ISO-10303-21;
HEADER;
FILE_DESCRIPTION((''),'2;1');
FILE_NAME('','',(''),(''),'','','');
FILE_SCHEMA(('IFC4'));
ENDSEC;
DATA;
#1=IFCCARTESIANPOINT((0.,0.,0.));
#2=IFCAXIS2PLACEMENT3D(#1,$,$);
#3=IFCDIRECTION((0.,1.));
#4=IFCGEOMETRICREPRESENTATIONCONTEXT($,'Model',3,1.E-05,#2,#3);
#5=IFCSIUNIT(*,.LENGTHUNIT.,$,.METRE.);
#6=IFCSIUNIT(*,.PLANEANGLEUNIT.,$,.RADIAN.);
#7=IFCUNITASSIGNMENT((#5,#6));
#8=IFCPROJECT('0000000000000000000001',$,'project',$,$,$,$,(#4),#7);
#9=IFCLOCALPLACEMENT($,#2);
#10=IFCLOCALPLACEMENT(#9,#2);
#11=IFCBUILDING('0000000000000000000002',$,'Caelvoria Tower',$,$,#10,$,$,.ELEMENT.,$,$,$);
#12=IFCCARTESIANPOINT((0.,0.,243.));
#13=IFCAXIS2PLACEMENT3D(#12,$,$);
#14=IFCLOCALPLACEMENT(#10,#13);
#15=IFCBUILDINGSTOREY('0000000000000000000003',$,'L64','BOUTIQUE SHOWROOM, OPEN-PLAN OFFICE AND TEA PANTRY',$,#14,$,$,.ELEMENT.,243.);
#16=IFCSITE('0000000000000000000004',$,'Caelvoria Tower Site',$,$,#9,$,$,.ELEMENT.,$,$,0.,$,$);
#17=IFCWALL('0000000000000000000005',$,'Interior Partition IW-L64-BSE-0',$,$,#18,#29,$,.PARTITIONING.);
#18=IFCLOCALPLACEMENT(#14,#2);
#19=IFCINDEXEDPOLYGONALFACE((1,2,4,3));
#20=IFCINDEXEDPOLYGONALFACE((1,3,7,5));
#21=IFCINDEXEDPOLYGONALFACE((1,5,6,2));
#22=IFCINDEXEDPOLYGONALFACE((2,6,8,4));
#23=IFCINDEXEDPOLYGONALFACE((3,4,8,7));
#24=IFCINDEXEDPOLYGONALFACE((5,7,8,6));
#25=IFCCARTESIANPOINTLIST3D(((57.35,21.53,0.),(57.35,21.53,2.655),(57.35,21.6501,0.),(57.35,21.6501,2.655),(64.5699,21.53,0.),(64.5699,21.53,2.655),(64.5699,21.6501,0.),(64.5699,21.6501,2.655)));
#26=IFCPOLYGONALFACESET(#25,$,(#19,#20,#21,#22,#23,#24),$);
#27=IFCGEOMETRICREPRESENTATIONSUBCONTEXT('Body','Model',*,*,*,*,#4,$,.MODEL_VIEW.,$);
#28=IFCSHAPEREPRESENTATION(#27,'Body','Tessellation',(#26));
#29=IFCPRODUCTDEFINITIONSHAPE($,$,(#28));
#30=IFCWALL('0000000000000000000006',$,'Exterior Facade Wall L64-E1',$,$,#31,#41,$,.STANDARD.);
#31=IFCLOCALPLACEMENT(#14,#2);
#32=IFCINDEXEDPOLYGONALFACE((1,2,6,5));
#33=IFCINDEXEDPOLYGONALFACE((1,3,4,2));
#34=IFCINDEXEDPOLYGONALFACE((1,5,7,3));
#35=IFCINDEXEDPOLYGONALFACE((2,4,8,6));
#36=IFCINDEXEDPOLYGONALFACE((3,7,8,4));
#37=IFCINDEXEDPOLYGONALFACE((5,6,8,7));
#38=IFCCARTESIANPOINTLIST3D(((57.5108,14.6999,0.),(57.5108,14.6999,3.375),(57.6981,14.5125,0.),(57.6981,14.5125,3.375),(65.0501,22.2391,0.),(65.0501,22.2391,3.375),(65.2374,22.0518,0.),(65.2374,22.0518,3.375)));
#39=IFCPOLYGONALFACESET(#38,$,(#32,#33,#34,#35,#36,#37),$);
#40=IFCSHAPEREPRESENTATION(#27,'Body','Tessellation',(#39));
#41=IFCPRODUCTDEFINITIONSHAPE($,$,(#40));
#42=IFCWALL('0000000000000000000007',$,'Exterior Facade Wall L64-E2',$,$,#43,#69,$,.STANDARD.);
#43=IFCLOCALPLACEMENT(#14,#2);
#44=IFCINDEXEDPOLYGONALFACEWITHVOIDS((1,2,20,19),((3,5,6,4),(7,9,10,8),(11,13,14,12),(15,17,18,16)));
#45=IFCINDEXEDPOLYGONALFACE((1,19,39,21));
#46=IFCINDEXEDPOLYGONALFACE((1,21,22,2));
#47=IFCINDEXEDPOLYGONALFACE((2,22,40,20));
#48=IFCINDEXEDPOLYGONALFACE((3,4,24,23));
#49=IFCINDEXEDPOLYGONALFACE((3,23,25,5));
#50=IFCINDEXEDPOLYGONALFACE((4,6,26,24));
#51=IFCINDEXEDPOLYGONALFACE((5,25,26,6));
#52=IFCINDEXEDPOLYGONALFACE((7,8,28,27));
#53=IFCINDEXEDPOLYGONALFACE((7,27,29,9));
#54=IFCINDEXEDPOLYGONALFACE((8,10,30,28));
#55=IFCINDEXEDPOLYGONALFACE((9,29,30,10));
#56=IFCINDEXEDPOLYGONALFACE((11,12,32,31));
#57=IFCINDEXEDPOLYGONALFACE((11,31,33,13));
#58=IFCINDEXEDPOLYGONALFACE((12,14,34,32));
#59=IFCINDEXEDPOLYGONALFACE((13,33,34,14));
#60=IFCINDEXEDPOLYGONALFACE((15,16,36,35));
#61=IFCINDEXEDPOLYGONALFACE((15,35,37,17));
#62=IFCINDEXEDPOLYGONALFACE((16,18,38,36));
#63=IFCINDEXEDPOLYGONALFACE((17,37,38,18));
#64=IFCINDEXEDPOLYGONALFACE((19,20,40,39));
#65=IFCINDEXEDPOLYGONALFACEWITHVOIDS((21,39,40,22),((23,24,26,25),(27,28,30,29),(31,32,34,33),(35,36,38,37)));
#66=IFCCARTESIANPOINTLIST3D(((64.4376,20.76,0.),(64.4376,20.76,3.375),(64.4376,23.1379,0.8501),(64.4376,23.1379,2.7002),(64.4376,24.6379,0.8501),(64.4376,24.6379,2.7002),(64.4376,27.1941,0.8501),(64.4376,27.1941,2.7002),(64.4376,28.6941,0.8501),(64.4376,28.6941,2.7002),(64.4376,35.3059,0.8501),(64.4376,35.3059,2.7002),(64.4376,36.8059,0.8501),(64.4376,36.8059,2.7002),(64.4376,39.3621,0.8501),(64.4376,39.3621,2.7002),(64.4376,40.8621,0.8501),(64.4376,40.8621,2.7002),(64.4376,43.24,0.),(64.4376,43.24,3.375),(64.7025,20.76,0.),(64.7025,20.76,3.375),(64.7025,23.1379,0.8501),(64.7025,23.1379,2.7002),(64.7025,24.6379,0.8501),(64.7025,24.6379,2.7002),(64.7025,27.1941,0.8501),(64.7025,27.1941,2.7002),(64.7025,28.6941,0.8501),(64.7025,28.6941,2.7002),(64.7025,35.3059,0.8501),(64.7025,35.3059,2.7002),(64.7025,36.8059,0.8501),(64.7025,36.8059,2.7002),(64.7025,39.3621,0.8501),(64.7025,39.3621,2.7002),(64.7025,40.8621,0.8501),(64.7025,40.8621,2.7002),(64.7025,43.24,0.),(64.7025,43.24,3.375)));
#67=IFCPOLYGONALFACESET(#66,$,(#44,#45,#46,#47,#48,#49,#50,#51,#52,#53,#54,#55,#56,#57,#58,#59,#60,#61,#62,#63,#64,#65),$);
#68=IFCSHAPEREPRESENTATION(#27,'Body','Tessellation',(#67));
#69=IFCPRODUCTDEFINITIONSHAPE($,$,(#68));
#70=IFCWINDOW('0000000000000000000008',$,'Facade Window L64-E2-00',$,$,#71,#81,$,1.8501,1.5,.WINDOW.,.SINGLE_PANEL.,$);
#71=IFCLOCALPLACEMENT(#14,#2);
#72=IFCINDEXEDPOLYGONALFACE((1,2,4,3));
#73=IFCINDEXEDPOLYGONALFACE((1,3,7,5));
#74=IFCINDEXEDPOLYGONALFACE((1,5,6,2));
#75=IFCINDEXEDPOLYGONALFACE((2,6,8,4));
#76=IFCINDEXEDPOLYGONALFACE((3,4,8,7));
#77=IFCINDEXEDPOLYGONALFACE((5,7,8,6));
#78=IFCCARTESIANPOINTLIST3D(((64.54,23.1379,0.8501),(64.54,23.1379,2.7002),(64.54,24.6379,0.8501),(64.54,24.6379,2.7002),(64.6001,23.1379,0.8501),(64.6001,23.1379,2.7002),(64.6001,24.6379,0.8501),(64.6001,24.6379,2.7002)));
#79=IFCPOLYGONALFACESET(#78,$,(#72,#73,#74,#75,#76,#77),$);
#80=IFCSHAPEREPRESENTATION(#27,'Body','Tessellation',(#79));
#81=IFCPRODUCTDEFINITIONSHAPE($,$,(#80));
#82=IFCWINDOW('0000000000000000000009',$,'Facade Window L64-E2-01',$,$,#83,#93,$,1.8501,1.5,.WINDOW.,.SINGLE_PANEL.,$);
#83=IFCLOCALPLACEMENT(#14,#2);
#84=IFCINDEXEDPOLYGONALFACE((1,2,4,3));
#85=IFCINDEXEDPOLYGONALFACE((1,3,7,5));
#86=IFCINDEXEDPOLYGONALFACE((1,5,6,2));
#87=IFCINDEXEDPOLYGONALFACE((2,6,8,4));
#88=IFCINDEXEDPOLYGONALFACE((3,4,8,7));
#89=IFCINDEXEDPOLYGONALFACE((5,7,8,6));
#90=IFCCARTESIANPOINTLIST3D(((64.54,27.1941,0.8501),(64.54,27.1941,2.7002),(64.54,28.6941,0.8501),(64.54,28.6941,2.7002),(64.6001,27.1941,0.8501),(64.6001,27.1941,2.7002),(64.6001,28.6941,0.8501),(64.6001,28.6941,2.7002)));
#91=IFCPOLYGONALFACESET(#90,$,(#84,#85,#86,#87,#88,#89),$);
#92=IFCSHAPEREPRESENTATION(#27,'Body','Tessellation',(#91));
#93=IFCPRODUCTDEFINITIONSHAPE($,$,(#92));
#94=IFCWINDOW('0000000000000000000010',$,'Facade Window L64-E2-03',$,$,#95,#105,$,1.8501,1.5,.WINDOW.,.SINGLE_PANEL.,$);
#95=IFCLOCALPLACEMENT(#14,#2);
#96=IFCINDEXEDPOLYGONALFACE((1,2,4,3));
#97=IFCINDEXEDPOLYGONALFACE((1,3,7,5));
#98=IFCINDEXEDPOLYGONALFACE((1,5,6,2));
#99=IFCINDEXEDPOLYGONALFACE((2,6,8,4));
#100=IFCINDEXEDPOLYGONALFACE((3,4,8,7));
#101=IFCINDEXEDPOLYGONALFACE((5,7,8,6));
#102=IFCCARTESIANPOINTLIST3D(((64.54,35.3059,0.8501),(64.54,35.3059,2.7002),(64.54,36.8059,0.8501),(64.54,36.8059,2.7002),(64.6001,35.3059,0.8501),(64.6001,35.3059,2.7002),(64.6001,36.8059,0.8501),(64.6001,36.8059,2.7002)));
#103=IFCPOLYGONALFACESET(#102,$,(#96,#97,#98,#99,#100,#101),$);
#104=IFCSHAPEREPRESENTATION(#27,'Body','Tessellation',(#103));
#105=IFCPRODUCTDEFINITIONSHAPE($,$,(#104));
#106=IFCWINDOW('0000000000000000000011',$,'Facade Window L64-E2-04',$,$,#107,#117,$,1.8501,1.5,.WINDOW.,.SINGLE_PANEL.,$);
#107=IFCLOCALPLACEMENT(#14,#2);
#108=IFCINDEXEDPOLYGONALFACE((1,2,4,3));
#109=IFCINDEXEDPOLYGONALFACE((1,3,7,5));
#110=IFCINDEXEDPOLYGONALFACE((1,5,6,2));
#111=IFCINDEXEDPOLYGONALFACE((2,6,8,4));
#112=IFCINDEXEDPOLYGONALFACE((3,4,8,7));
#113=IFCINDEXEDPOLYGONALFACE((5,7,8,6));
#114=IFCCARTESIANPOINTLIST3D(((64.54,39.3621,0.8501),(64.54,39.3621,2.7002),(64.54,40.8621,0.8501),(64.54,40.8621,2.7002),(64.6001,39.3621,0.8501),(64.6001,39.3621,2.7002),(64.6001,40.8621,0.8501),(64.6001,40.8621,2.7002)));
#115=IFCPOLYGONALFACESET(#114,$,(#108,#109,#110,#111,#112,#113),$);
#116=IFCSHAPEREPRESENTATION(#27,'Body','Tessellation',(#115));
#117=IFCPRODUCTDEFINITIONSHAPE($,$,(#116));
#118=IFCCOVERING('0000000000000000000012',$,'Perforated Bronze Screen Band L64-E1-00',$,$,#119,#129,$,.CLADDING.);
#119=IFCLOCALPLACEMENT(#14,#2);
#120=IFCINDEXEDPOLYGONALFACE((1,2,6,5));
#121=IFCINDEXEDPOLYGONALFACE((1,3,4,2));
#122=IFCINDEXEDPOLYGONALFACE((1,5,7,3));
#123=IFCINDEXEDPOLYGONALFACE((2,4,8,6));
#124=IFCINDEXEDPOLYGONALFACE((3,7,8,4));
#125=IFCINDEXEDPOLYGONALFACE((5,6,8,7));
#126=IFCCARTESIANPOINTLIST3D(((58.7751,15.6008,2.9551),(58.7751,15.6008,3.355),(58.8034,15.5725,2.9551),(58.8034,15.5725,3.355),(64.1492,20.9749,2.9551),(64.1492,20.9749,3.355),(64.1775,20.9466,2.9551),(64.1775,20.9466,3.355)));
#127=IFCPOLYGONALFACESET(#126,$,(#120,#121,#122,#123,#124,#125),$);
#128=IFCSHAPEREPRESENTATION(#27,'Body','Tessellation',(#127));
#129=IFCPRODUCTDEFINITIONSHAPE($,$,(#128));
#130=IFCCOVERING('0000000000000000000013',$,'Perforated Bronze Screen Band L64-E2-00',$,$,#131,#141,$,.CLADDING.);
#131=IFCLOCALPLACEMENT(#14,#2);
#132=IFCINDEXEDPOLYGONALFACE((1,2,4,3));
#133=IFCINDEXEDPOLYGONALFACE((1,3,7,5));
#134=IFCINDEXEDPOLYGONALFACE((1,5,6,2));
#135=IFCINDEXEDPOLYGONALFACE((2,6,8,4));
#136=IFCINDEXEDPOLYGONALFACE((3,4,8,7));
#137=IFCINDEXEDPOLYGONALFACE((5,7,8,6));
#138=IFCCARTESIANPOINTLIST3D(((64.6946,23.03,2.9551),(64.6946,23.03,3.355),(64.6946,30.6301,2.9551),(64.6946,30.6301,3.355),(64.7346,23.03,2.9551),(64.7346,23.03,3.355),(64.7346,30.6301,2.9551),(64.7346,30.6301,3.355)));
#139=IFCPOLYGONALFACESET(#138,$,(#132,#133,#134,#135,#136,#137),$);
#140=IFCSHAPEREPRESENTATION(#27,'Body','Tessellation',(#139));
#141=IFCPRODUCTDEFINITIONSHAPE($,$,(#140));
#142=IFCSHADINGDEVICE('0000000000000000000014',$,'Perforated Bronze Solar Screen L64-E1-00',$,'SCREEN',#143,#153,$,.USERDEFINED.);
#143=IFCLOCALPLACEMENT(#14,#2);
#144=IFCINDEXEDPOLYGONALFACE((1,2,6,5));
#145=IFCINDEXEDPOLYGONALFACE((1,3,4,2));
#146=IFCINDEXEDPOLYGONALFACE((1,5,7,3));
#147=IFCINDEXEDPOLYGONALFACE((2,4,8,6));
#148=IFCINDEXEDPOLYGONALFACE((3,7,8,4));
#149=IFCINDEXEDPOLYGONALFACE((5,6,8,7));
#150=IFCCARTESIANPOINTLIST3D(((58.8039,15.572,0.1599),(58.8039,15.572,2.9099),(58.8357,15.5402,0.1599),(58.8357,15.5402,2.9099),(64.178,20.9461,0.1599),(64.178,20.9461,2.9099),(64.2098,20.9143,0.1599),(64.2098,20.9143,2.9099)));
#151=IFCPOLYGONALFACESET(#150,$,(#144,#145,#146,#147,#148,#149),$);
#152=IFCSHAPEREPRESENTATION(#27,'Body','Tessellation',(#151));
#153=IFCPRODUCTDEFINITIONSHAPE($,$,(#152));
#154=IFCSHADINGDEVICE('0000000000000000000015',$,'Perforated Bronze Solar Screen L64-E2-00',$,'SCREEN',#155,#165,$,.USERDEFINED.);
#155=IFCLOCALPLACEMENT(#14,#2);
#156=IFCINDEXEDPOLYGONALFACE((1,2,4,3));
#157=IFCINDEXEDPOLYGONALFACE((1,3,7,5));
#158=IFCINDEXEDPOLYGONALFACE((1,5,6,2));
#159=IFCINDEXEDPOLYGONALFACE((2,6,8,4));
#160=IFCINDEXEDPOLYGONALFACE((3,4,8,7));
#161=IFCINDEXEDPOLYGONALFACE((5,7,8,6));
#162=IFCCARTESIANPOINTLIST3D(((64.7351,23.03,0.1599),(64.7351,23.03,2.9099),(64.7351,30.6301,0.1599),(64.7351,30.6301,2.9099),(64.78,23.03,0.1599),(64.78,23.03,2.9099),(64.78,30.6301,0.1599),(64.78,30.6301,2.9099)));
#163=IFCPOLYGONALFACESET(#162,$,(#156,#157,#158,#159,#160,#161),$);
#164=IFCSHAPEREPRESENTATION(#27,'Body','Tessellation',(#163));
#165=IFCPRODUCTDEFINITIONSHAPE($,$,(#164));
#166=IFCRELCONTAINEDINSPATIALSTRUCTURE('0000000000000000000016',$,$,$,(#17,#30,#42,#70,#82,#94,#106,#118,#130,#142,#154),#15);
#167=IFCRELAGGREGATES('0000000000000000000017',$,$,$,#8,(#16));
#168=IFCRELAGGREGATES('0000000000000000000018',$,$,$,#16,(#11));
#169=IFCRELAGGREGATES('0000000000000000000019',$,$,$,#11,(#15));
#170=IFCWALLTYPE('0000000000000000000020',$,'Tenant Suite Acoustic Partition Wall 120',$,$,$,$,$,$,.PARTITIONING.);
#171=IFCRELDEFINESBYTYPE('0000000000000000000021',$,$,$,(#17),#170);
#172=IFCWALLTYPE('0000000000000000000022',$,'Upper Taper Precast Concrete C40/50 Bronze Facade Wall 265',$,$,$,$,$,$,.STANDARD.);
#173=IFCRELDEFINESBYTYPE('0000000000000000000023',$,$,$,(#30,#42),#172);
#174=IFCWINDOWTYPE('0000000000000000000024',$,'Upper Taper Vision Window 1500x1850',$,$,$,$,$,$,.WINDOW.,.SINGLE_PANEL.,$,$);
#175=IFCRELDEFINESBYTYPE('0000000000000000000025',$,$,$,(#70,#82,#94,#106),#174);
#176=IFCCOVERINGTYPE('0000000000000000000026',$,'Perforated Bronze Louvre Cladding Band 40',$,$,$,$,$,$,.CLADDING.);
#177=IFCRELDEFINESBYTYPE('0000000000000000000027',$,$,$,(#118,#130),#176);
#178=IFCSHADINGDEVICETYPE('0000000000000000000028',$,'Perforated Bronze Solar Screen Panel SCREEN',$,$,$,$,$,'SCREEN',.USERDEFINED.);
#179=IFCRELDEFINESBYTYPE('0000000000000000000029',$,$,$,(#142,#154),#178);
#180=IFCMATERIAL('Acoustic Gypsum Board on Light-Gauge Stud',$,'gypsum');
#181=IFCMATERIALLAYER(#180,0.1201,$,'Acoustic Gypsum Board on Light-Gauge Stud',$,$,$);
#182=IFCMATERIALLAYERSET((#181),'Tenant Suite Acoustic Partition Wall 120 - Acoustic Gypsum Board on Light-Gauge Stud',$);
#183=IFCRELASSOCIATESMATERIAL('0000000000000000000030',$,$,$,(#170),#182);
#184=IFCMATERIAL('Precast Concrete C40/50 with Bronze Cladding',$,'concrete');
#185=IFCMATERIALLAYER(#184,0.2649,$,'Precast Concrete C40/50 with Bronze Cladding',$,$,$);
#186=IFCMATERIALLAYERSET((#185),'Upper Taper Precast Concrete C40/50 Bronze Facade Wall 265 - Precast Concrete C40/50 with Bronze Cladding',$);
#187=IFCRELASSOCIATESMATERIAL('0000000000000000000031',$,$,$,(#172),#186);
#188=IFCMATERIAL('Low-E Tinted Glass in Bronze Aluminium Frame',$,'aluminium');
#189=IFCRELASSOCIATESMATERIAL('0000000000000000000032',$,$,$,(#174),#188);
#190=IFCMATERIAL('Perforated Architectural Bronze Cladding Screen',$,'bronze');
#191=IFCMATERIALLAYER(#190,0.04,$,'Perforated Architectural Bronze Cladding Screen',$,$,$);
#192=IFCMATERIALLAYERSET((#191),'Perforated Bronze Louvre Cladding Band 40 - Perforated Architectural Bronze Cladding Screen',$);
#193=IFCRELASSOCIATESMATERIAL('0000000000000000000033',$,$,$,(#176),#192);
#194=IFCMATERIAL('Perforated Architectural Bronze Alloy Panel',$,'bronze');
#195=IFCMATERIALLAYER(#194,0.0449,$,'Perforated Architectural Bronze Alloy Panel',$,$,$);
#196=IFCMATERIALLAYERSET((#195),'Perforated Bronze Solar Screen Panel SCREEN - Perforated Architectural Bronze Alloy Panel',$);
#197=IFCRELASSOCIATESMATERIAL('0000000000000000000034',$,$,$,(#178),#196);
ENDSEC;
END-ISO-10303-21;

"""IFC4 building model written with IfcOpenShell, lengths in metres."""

from ifc_helpers import new_model, si_unit, direction, frame, frame_2d, origin, origin_2d, place, context, subcontext, project, spatial, rectangle, extrude, material, layer, layer_set, type_object, element, fill, save


model = new_model("IFC4")

# Units and contexts
model_context = context("Model", 3, precision=1e-05, world=origin(), true_north=direction((0.0, 1.0)))
body_context = subcontext(model_context, "Body", "Model", "MODEL_VIEW")
ifc_project = project(units=[si_unit("LENGTHUNIT", "METRE"), si_unit("PLANEANGLEUNIT", "RADIAN")], contexts=[model_context])

# Site, building, storey
site_placement = place(None, origin())
site = spatial("IfcSite", under=ifc_project, at=site_placement, Name="Caelvoria Tower Site", CompositionType="ELEMENT", RefElevation=0.0)
building_placement = place(site_placement, origin())
building = spatial("IfcBuilding", under=site, at=building_placement, Name="Caelvoria Tower", CompositionType="ELEMENT")
storey_placement = place(building_placement, frame((0.0, 0.0, 243.0)))
storey = spatial("IfcBuildingStorey", under=building, at=storey_placement, Name="L64", Description="BOUTIQUE SHOWROOM, OPEN-PLAN OFFICE AND TEA PANTRY", CompositionType="ELEMENT", Elevation=243.0)

# Shared definitions
ifc_material_1 = material(Name="Acoustic Gypsum Board on Light-Gauge Stud", Category="gypsum")
ifc_layer_1 = layer(ifc_material_1, 0.1201, Name="Acoustic Gypsum Board on Light-Gauge Stud")
ifc_layer_set_1 = layer_set([ifc_layer_1], Name="Tenant Suite Acoustic Partition Wall 120 - Acoustic Gypsum Board on Light-Gauge Stud")
wall_type_1 = type_object("IfcWallType", Name="Tenant Suite Acoustic Partition Wall 120", PredefinedType="PARTITIONING", material=ifc_layer_set_1)

# Walls
wall_1_placement = place(storey_placement, frame((57.3501, 21.5901, 0.0), z_axis=(0.0, 0.0, 1.0), x_axis=(1.0, 0.0, 0.0)))
element("IfcWall", 1, at=wall_1_placement, inside=storey, type_object=wall_type_1, Name="Interior Partition IW-L64-BSE-0", PredefinedType="PARTITIONING", context=body_context, shape_type="SweptSolid", body=[
    extrude(rectangle(XDim=7.22, YDim=0.1201, at=frame_2d((3.6099, 0.0))), origin(), (0.0, 0.0, 1.0), 2.655),
])
ifc_material_2 = material(Name="Precast Concrete C40/50 with Bronze Cladding", Category="concrete")
ifc_layer_2 = layer(ifc_material_2, 0.2649, Name="Precast Concrete C40/50 with Bronze Cladding")
ifc_layer_set_2 = layer_set([ifc_layer_2], Name="Upper Taper Precast Concrete C40/50 Bronze Facade Wall 265 - Precast Concrete C40/50 with Bronze Cladding")
wall_type_2 = type_object("IfcWallType", Name="Upper Taper Precast Concrete C40/50 Bronze Facade Wall 265", PredefinedType="STANDARD", material=ifc_layer_set_2)
wall_2_placement = place(storey_placement, frame((57.6045, 14.6062, 0.0), z_axis=(0.0, 0.0, 1.0), x_axis=(0.707107, 0.707107, 0.0)))
element("IfcWall", 2, at=wall_2_placement, inside=storey, type_object=wall_type_2, Name="Exterior Facade Wall L64-E1", PredefinedType="STANDARD", context=body_context, shape_type="SweptSolid", body=[
    extrude(rectangle(XDim=10.6621, YDim=0.2649, at=frame_2d((5.3311, 0.0))), origin(), (0.0, 0.0, 1.0), 3.375),
])

# Wall, openings, windows
wall_3_placement = place(storey_placement, frame((64.5701, 20.76, 0.0), z_axis=(0.0, 0.0, 1.0), x_axis=(0.0, 1.0, 0.0)))
wall_3 = element("IfcWall", 3, at=wall_3_placement, inside=storey, type_object=wall_type_2, Name="Exterior Facade Wall L64-E2", PredefinedType="STANDARD", context=body_context, shape_type="SweptSolid", body=[
    extrude(rectangle(XDim=22.48, YDim=0.2649, at=frame_2d((11.24, 0.0))), origin(), (0.0, 0.0, 1.0), 3.375),
])
opening_1_placement = place(wall_3_placement, frame((2.3779, 0.0, 0.8501)))
opening_1 = element("IfcOpeningElement", 4, at=opening_1_placement, cuts=wall_3, PredefinedType="OPENING", context=body_context, shape_type="SweptSolid", body=[
    extrude(rectangle(XDim=1.5, YDim=1.8501, at=frame_2d((0.75, 0.925))), frame((0.0, 0.1423, 0.0), z_axis=(0.0, -1.0, 0.0), x_axis=(1.0, 0.0, 0.0)), (0.0, 0.0, 1.0), 0.2849),
])
opening_2_placement = place(wall_3_placement, frame((6.4341, 0.0, 0.8501)))
opening_2 = element("IfcOpeningElement", 5, at=opening_2_placement, cuts=wall_3, PredefinedType="OPENING", context=body_context, shape_type="SweptSolid", body=[
    extrude(rectangle(XDim=1.5, YDim=1.8501, at=frame_2d((0.75, 0.925))), frame((0.0, 0.1423, 0.0), z_axis=(0.0, -1.0, 0.0), x_axis=(1.0, 0.0, 0.0)), (0.0, 0.0, 1.0), 0.2849),
])
opening_3_placement = place(wall_3_placement, frame((14.5459, 0.0, 0.8501)))
opening_3 = element("IfcOpeningElement", 6, at=opening_3_placement, cuts=wall_3, PredefinedType="OPENING", context=body_context, shape_type="SweptSolid", body=[
    extrude(rectangle(XDim=1.5, YDim=1.8501, at=frame_2d((0.75, 0.925))), frame((0.0, 0.1423, 0.0), z_axis=(0.0, -1.0, 0.0), x_axis=(1.0, 0.0, 0.0)), (0.0, 0.0, 1.0), 0.2849),
])
opening_4_placement = place(wall_3_placement, frame((18.6021, 0.0, 0.8501)))
opening_4 = element("IfcOpeningElement", 7, at=opening_4_placement, cuts=wall_3, PredefinedType="OPENING", context=body_context, shape_type="SweptSolid", body=[
    extrude(rectangle(XDim=1.5, YDim=1.8501, at=frame_2d((0.75, 0.925))), frame((0.0, 0.1423, 0.0), z_axis=(0.0, -1.0, 0.0), x_axis=(1.0, 0.0, 0.0)), (0.0, 0.0, 1.0), 0.2849),
])
ifc_material_3 = material(Name="Low-E Tinted Glass in Bronze Aluminium Frame", Category="aluminium")
window_type = type_object("IfcWindowType", Name="Upper Taper Vision Window 1500x1850", PartitioningType="SINGLE_PANEL", PredefinedType="WINDOW", material=ifc_material_3)
window_1_placement = place(opening_1_placement, origin())
window_1 = element("IfcWindow", 8, at=window_1_placement, inside=storey, type_object=window_type, Name="Facade Window L64-E2-00", OverallHeight=1.8501, OverallWidth=1.5, PartitioningType="SINGLE_PANEL", PredefinedType="WINDOW", context=body_context, shape_type="SweptSolid", body=[
    extrude(rectangle(XDim=1.5, YDim=1.8501, at=frame_2d((0.75, 0.925))), frame((0.0, 0.03, 0.0), z_axis=(0.0, -1.0, 0.0), x_axis=(1.0, 0.0, 0.0)), (0.0, 0.0, 1.0), 0.0601),
])
fill(opening_1, window_1)
window_2_placement = place(opening_2_placement, origin())
window_2 = element("IfcWindow", 9, at=window_2_placement, inside=storey, type_object=window_type, Name="Facade Window L64-E2-01", OverallHeight=1.8501, OverallWidth=1.5, PartitioningType="SINGLE_PANEL", PredefinedType="WINDOW", context=body_context, shape_type="SweptSolid", body=[
    extrude(rectangle(XDim=1.5, YDim=1.8501, at=frame_2d((0.75, 0.925))), frame((0.0, 0.03, 0.0), z_axis=(0.0, -1.0, 0.0), x_axis=(1.0, 0.0, 0.0)), (0.0, 0.0, 1.0), 0.0601),
])
fill(opening_2, window_2)
window_3_placement = place(opening_3_placement, origin())
window_3 = element("IfcWindow", 10, at=window_3_placement, inside=storey, type_object=window_type, Name="Facade Window L64-E2-03", OverallHeight=1.8501, OverallWidth=1.5, PartitioningType="SINGLE_PANEL", PredefinedType="WINDOW", context=body_context, shape_type="SweptSolid", body=[
    extrude(rectangle(XDim=1.5, YDim=1.8501, at=frame_2d((0.75, 0.925))), frame((0.0, 0.03, 0.0), z_axis=(0.0, -1.0, 0.0), x_axis=(1.0, 0.0, 0.0)), (0.0, 0.0, 1.0), 0.0601),
])
fill(opening_3, window_3)
window_4_placement = place(opening_4_placement, origin())
window_4 = element("IfcWindow", 11, at=window_4_placement, inside=storey, type_object=window_type, Name="Facade Window L64-E2-04", OverallHeight=1.8501, OverallWidth=1.5, PartitioningType="SINGLE_PANEL", PredefinedType="WINDOW", context=body_context, shape_type="SweptSolid", body=[
    extrude(rectangle(XDim=1.5, YDim=1.8501, at=frame_2d((0.75, 0.925))), frame((0.0, 0.03, 0.0), z_axis=(0.0, -1.0, 0.0), x_axis=(1.0, 0.0, 0.0)), (0.0, 0.0, 1.0), 0.0601),
])
fill(opening_4, window_4)

# Coverings
ifc_material_4 = material(Name="Perforated Architectural Bronze Cladding Screen", Category="bronze")
ifc_layer_3 = layer(ifc_material_4, 0.04, Name="Perforated Architectural Bronze Cladding Screen")
ifc_layer_set_3 = layer_set([ifc_layer_3], Name="Perforated Bronze Louvre Cladding Band 40 - Perforated Architectural Bronze Cladding Screen")
covering_type = type_object("IfcCoveringType", Name="Perforated Bronze Louvre Cladding Band 40", PredefinedType="CLADDING", material=ifc_layer_set_3)
for number, where, z_axis, x_axis, name in (
    (12, (61.4763, 18.2737, 2.9551), (0.0, 0.0, 1.0), (0.707107, 0.707107, 0.0), "Perforated Bronze Screen Band L64-E1-00"),
    (13, (64.7146, 26.8301, 2.9551), (0.0, 0.0, 1.0), (0.0, 1.0, 0.0), "Perforated Bronze Screen Band L64-E2-00"),
):
    element("IfcCovering", number, at=place(storey_placement, frame(where, z_axis=z_axis, x_axis=x_axis)), inside=storey, type_object=covering_type, Name=name, PredefinedType="CLADDING", context=body_context, shape_type="SweptSolid", body=[
        extrude(rectangle(XDim=7.6001, YDim=0.04, at=origin_2d()), origin(), (0.0, 0.0, 1.0), 0.3999),
    ])

# Shading devices
ifc_material_5 = material(Name="Perforated Architectural Bronze Alloy Panel", Category="bronze")
ifc_layer_4 = layer(ifc_material_5, 0.0449, Name="Perforated Architectural Bronze Alloy Panel")
ifc_layer_set_4 = layer_set([ifc_layer_4], Name="Perforated Bronze Solar Screen Panel SCREEN - Perforated Architectural Bronze Alloy Panel")
shading_device_type = type_object("IfcShadingDeviceType", Name="Perforated Bronze Solar Screen Panel SCREEN", ElementType="SCREEN", PredefinedType="USERDEFINED", material=ifc_layer_set_4)
for number, where, z_axis, x_axis, name in (
    (14, (61.5068, 18.2432, 0.1599), (0.0, 0.0, 1.0), (0.707107, 0.707107, 0.0), "Perforated Bronze Solar Screen L64-E1-00"),
    (15, (64.7576, 26.8301, 0.1599), (0.0, 0.0, 1.0), (0.0, 1.0, 0.0), "Perforated Bronze Solar Screen L64-E2-00"),
):
    element("IfcShadingDevice", number, at=place(storey_placement, frame(where, z_axis=z_axis, x_axis=x_axis)), inside=storey, type_object=shading_device_type, Name=name, ObjectType="SCREEN", PredefinedType="USERDEFINED", context=body_context, shape_type="SweptSolid", body=[
        extrude(rectangle(XDim=7.6001, YDim=0.0449, at=origin_2d()), origin(), (0.0, 0.0, 1.0), 2.75),
    ])

save(model, "model.ifc")
